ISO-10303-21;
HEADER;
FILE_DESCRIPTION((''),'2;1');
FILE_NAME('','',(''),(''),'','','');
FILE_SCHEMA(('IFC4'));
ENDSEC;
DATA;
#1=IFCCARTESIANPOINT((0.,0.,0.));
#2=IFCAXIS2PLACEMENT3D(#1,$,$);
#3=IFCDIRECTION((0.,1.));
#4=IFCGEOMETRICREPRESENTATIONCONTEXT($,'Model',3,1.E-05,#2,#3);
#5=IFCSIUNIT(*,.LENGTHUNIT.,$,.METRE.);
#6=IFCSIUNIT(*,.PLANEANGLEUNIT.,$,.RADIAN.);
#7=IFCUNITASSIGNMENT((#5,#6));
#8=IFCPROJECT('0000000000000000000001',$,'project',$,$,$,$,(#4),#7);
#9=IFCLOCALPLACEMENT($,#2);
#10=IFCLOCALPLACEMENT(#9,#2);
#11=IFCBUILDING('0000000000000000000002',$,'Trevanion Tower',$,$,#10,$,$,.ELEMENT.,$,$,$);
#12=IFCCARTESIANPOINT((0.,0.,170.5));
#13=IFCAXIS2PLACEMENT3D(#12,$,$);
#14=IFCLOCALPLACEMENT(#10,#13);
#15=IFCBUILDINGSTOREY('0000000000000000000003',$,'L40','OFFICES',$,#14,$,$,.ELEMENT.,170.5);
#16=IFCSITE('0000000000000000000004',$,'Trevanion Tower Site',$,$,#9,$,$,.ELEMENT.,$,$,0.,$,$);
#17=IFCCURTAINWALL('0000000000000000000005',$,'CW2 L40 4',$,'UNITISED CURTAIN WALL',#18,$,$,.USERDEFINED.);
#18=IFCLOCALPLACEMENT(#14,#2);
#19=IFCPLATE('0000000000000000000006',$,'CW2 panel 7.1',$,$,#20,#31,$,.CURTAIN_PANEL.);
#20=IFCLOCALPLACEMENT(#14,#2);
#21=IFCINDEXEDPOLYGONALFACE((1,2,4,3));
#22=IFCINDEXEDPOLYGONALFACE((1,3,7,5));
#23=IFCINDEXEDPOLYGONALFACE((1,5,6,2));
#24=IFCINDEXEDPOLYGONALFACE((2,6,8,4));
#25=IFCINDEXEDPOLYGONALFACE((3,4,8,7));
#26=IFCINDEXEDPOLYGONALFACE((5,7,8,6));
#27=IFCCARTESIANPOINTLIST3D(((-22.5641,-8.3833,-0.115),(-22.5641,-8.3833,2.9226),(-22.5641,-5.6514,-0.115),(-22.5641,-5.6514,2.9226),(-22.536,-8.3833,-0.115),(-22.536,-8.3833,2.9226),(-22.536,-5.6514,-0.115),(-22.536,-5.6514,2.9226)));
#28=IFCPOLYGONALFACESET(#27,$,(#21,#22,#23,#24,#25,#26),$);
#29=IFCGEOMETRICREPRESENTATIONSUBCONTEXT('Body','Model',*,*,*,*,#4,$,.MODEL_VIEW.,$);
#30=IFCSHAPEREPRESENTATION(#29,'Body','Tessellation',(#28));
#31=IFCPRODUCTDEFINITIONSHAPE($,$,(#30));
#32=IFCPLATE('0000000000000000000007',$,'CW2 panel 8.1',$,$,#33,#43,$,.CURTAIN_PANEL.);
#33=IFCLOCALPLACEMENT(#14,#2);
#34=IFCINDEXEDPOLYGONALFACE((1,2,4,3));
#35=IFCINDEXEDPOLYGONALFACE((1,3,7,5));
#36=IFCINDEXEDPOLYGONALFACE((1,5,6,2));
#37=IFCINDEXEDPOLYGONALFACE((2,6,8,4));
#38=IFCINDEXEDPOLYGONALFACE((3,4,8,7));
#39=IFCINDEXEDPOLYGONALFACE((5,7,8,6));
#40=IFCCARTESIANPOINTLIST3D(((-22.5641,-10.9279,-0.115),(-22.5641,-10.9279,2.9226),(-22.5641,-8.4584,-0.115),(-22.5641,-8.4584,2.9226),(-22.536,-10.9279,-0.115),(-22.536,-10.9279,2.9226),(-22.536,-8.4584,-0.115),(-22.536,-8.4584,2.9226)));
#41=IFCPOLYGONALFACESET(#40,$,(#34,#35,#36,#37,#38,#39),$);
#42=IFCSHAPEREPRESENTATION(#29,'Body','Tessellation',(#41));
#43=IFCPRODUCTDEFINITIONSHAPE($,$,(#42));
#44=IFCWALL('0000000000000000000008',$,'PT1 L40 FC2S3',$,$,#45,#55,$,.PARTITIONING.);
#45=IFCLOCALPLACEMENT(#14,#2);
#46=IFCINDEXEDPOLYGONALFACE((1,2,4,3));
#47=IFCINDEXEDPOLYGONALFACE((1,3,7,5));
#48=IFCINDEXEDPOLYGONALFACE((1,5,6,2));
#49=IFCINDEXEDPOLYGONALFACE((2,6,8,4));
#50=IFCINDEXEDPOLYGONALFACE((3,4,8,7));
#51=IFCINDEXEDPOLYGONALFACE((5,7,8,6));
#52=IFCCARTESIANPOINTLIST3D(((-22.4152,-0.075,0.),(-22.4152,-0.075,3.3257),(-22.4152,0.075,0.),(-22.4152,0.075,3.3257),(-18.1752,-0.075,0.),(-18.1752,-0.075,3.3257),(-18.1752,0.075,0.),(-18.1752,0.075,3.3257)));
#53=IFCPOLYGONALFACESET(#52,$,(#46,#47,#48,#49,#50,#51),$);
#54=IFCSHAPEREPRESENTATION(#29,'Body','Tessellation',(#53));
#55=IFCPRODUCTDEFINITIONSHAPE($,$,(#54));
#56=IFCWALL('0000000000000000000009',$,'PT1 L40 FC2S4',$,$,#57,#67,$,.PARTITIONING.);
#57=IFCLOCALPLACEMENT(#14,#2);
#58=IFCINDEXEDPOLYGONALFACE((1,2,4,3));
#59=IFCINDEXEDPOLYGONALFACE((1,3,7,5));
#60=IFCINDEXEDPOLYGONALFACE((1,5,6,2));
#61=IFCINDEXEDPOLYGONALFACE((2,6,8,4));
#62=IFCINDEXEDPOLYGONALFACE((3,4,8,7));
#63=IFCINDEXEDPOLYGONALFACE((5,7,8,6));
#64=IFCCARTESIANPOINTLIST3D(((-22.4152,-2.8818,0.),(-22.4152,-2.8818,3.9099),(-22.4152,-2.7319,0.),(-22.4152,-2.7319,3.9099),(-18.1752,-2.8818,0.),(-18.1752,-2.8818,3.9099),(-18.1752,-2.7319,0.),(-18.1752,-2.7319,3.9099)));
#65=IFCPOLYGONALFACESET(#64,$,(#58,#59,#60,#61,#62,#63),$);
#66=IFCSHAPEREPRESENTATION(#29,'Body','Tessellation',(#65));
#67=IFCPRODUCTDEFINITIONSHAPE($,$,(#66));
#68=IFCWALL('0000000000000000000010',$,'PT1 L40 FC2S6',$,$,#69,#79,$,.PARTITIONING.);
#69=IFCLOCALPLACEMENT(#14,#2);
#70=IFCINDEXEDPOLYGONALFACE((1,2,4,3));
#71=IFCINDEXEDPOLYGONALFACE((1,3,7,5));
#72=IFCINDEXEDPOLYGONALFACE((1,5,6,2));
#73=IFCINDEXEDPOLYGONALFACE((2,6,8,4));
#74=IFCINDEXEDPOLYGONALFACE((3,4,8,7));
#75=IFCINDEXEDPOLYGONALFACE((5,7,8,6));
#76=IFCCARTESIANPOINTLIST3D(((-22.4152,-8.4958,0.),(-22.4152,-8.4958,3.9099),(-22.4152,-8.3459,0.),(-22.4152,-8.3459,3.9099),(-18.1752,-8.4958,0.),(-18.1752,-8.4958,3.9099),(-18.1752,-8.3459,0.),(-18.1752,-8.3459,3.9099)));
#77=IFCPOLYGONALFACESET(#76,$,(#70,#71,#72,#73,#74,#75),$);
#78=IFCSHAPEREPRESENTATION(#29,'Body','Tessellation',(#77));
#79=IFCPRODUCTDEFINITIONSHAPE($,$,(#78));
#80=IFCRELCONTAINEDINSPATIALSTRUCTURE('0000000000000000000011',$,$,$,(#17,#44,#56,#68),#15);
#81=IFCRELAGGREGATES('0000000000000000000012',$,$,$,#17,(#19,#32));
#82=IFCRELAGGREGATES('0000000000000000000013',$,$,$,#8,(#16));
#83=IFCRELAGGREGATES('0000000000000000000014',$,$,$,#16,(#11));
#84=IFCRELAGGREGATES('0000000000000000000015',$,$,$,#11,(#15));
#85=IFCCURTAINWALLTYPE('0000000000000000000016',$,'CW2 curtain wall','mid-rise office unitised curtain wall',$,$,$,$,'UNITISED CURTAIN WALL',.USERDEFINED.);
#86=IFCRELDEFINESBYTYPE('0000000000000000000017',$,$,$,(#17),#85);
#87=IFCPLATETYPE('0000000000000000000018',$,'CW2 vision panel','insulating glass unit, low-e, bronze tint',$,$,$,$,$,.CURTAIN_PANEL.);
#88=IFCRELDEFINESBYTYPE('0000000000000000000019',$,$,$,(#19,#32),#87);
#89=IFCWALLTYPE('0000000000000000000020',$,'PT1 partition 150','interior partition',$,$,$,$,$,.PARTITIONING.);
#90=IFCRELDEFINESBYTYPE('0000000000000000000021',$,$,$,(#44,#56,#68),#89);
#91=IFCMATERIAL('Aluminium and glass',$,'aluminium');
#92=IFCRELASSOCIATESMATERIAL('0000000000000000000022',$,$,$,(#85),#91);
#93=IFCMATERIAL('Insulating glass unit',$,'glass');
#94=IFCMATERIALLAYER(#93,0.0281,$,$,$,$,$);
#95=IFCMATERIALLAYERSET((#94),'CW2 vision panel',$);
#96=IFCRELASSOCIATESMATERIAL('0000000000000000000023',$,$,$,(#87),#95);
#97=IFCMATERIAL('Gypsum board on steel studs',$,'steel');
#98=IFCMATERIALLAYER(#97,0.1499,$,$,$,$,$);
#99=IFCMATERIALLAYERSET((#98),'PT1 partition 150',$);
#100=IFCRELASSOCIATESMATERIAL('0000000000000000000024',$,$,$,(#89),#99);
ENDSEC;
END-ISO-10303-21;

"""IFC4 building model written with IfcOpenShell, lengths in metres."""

from ifc_helpers import new_model, si_unit, direction, frame, frame_2d, origin, origin_2d, place, context, subcontext, project, spatial, rectangle, extrude, material, layer, layer_set, type_object, element, aggregate, save


model = new_model("IFC4")

# Units and contexts
model_context = context("Model", 3, precision=1e-05, world=origin(), true_north=direction((0.0, 1.0)))
body_context = subcontext(model_context, "Body", "Model", "MODEL_VIEW")
ifc_project = project(units=[si_unit("LENGTHUNIT", "METRE"), si_unit("PLANEANGLEUNIT", "RADIAN")], contexts=[model_context])

# Site, building, storey
site_placement = place(None, origin())
site = spatial("IfcSite", under=ifc_project, at=site_placement, Name="Trevanion Tower Site", CompositionType="ELEMENT", RefElevation=0.0)
building_placement = place(site_placement, origin())
building = spatial("IfcBuilding", under=site, at=building_placement, Name="Trevanion Tower", CompositionType="ELEMENT")
storey_placement = place(building_placement, frame((0.0, 0.0, 170.5)))
storey = spatial("IfcBuildingStorey", under=building, at=storey_placement, Name="L40", Description="OFFICES", CompositionType="ELEMENT", Elevation=170.5)

# Curtain wall
ifc_material_1 = material(Name="Aluminium and glass", Category="aluminium")
curtain_wall_type = type_object("IfcCurtainWallType", Name="CW2 curtain wall", Description="mid-rise office unitised curtain wall", ElementType="UNITISED CURTAIN WALL", PredefinedType="USERDEFINED", material=ifc_material_1)
curtain_wall_1_placement = place(storey_placement, origin())
curtain_wall_1 = element("IfcCurtainWall", 1, at=curtain_wall_1_placement, inside=storey, type_object=curtain_wall_type, Name="CW2 L40 4", ObjectType="UNITISED CURTAIN WALL", PredefinedType="USERDEFINED")

# Plates
ifc_material_2 = material(Name="Insulating glass unit", Category="glass")
ifc_layer_1 = layer(ifc_material_2, 0.0281)
ifc_layer_set_1 = layer_set([ifc_layer_1], Name="CW2 vision panel")
plate_type_1 = type_object("IfcPlateType", Name="CW2 vision panel", Description="insulating glass unit, low-e, bronze tint", PredefinedType="CURTAIN_PANEL", material=ifc_layer_set_1)
plate_1_placement = place(storey_placement, frame((-22.55, -7.0173, -0.115), z_axis=(0.0, 0.0, 1.0), x_axis=(0.0, -1.0, 0.0)))
plate_1 = element("IfcPlate", 2, at=plate_1_placement, type_object=plate_type_1, Name="CW2 panel 7.1", PredefinedType="CURTAIN_PANEL", context=body_context, shape_type="SweptSolid", body=[
    extrude(rectangle(XDim=2.7319, YDim=0.0281, at=origin_2d()), origin(), (0.0, 0.0, 1.0), 3.0376),
])
plate_2_placement = place(storey_placement, frame((-22.55, -9.6931, -0.115), z_axis=(0.0, 0.0, 1.0), x_axis=(0.0, -1.0, 0.0)))
plate_2 = element("IfcPlate", 3, at=plate_2_placement, type_object=plate_type_1, Name="CW2 panel 8.1", PredefinedType="CURTAIN_PANEL", context=body_context, shape_type="SweptSolid", body=[
    extrude(rectangle(XDim=2.4695, YDim=0.0281, at=origin_2d()), origin(), (0.0, 0.0, 1.0), 3.0376),
])
aggregate(curtain_wall_1, [plate_1, plate_2])

# Walls
ifc_material_3 = material(Name="Gypsum board on steel studs", Category="steel")
ifc_layer_2 = layer(ifc_material_3, 0.1499)
ifc_layer_set_2 = layer_set([ifc_layer_2], Name="PT1 partition 150")
wall_type = type_object("IfcWallType", Name="PT1 partition 150", Description="interior partition", PredefinedType="PARTITIONING", material=ifc_layer_set_2)
wall_placement = place(storey_placement, frame((-18.175, 0.0, 0.0), z_axis=(0.0, 0.0, 1.0), x_axis=(-1.0, 0.0, 0.0)))
element("IfcWall", 4, at=wall_placement, inside=storey, type_object=wall_type, Name="PT1 L40 FC2S3", PredefinedType="PARTITIONING", context=body_context, shape_type="SweptSolid", body=[
    extrude(rectangle(XDim=4.24, YDim=0.1499, at=frame_2d((2.1201, 0.0))), origin(), (0.0, 0.0, 1.0), 3.3257),
])
for number, where, z_axis, x_axis, name in (
    (5, (-18.175, -2.8069, 0.0), (0.0, 0.0, 1.0), (-1.0, 0.0, 0.0), "PT1 L40 FC2S4"),
    (6, (-18.175, -8.4209, 0.0), (0.0, 0.0, 1.0), (-1.0, 0.0, 0.0), "PT1 L40 FC2S6"),
):
    element("IfcWall", number, at=place(storey_placement, frame(where, z_axis=z_axis, x_axis=x_axis)), inside=storey, type_object=wall_type, Name=name, PredefinedType="PARTITIONING", context=body_context, shape_type="SweptSolid", body=[
        extrude(rectangle(XDim=4.24, YDim=0.1499, at=frame_2d((2.1201, 0.0))), origin(), (0.0, 0.0, 1.0), 3.9099),
    ])

save(model, "model.ifc")
